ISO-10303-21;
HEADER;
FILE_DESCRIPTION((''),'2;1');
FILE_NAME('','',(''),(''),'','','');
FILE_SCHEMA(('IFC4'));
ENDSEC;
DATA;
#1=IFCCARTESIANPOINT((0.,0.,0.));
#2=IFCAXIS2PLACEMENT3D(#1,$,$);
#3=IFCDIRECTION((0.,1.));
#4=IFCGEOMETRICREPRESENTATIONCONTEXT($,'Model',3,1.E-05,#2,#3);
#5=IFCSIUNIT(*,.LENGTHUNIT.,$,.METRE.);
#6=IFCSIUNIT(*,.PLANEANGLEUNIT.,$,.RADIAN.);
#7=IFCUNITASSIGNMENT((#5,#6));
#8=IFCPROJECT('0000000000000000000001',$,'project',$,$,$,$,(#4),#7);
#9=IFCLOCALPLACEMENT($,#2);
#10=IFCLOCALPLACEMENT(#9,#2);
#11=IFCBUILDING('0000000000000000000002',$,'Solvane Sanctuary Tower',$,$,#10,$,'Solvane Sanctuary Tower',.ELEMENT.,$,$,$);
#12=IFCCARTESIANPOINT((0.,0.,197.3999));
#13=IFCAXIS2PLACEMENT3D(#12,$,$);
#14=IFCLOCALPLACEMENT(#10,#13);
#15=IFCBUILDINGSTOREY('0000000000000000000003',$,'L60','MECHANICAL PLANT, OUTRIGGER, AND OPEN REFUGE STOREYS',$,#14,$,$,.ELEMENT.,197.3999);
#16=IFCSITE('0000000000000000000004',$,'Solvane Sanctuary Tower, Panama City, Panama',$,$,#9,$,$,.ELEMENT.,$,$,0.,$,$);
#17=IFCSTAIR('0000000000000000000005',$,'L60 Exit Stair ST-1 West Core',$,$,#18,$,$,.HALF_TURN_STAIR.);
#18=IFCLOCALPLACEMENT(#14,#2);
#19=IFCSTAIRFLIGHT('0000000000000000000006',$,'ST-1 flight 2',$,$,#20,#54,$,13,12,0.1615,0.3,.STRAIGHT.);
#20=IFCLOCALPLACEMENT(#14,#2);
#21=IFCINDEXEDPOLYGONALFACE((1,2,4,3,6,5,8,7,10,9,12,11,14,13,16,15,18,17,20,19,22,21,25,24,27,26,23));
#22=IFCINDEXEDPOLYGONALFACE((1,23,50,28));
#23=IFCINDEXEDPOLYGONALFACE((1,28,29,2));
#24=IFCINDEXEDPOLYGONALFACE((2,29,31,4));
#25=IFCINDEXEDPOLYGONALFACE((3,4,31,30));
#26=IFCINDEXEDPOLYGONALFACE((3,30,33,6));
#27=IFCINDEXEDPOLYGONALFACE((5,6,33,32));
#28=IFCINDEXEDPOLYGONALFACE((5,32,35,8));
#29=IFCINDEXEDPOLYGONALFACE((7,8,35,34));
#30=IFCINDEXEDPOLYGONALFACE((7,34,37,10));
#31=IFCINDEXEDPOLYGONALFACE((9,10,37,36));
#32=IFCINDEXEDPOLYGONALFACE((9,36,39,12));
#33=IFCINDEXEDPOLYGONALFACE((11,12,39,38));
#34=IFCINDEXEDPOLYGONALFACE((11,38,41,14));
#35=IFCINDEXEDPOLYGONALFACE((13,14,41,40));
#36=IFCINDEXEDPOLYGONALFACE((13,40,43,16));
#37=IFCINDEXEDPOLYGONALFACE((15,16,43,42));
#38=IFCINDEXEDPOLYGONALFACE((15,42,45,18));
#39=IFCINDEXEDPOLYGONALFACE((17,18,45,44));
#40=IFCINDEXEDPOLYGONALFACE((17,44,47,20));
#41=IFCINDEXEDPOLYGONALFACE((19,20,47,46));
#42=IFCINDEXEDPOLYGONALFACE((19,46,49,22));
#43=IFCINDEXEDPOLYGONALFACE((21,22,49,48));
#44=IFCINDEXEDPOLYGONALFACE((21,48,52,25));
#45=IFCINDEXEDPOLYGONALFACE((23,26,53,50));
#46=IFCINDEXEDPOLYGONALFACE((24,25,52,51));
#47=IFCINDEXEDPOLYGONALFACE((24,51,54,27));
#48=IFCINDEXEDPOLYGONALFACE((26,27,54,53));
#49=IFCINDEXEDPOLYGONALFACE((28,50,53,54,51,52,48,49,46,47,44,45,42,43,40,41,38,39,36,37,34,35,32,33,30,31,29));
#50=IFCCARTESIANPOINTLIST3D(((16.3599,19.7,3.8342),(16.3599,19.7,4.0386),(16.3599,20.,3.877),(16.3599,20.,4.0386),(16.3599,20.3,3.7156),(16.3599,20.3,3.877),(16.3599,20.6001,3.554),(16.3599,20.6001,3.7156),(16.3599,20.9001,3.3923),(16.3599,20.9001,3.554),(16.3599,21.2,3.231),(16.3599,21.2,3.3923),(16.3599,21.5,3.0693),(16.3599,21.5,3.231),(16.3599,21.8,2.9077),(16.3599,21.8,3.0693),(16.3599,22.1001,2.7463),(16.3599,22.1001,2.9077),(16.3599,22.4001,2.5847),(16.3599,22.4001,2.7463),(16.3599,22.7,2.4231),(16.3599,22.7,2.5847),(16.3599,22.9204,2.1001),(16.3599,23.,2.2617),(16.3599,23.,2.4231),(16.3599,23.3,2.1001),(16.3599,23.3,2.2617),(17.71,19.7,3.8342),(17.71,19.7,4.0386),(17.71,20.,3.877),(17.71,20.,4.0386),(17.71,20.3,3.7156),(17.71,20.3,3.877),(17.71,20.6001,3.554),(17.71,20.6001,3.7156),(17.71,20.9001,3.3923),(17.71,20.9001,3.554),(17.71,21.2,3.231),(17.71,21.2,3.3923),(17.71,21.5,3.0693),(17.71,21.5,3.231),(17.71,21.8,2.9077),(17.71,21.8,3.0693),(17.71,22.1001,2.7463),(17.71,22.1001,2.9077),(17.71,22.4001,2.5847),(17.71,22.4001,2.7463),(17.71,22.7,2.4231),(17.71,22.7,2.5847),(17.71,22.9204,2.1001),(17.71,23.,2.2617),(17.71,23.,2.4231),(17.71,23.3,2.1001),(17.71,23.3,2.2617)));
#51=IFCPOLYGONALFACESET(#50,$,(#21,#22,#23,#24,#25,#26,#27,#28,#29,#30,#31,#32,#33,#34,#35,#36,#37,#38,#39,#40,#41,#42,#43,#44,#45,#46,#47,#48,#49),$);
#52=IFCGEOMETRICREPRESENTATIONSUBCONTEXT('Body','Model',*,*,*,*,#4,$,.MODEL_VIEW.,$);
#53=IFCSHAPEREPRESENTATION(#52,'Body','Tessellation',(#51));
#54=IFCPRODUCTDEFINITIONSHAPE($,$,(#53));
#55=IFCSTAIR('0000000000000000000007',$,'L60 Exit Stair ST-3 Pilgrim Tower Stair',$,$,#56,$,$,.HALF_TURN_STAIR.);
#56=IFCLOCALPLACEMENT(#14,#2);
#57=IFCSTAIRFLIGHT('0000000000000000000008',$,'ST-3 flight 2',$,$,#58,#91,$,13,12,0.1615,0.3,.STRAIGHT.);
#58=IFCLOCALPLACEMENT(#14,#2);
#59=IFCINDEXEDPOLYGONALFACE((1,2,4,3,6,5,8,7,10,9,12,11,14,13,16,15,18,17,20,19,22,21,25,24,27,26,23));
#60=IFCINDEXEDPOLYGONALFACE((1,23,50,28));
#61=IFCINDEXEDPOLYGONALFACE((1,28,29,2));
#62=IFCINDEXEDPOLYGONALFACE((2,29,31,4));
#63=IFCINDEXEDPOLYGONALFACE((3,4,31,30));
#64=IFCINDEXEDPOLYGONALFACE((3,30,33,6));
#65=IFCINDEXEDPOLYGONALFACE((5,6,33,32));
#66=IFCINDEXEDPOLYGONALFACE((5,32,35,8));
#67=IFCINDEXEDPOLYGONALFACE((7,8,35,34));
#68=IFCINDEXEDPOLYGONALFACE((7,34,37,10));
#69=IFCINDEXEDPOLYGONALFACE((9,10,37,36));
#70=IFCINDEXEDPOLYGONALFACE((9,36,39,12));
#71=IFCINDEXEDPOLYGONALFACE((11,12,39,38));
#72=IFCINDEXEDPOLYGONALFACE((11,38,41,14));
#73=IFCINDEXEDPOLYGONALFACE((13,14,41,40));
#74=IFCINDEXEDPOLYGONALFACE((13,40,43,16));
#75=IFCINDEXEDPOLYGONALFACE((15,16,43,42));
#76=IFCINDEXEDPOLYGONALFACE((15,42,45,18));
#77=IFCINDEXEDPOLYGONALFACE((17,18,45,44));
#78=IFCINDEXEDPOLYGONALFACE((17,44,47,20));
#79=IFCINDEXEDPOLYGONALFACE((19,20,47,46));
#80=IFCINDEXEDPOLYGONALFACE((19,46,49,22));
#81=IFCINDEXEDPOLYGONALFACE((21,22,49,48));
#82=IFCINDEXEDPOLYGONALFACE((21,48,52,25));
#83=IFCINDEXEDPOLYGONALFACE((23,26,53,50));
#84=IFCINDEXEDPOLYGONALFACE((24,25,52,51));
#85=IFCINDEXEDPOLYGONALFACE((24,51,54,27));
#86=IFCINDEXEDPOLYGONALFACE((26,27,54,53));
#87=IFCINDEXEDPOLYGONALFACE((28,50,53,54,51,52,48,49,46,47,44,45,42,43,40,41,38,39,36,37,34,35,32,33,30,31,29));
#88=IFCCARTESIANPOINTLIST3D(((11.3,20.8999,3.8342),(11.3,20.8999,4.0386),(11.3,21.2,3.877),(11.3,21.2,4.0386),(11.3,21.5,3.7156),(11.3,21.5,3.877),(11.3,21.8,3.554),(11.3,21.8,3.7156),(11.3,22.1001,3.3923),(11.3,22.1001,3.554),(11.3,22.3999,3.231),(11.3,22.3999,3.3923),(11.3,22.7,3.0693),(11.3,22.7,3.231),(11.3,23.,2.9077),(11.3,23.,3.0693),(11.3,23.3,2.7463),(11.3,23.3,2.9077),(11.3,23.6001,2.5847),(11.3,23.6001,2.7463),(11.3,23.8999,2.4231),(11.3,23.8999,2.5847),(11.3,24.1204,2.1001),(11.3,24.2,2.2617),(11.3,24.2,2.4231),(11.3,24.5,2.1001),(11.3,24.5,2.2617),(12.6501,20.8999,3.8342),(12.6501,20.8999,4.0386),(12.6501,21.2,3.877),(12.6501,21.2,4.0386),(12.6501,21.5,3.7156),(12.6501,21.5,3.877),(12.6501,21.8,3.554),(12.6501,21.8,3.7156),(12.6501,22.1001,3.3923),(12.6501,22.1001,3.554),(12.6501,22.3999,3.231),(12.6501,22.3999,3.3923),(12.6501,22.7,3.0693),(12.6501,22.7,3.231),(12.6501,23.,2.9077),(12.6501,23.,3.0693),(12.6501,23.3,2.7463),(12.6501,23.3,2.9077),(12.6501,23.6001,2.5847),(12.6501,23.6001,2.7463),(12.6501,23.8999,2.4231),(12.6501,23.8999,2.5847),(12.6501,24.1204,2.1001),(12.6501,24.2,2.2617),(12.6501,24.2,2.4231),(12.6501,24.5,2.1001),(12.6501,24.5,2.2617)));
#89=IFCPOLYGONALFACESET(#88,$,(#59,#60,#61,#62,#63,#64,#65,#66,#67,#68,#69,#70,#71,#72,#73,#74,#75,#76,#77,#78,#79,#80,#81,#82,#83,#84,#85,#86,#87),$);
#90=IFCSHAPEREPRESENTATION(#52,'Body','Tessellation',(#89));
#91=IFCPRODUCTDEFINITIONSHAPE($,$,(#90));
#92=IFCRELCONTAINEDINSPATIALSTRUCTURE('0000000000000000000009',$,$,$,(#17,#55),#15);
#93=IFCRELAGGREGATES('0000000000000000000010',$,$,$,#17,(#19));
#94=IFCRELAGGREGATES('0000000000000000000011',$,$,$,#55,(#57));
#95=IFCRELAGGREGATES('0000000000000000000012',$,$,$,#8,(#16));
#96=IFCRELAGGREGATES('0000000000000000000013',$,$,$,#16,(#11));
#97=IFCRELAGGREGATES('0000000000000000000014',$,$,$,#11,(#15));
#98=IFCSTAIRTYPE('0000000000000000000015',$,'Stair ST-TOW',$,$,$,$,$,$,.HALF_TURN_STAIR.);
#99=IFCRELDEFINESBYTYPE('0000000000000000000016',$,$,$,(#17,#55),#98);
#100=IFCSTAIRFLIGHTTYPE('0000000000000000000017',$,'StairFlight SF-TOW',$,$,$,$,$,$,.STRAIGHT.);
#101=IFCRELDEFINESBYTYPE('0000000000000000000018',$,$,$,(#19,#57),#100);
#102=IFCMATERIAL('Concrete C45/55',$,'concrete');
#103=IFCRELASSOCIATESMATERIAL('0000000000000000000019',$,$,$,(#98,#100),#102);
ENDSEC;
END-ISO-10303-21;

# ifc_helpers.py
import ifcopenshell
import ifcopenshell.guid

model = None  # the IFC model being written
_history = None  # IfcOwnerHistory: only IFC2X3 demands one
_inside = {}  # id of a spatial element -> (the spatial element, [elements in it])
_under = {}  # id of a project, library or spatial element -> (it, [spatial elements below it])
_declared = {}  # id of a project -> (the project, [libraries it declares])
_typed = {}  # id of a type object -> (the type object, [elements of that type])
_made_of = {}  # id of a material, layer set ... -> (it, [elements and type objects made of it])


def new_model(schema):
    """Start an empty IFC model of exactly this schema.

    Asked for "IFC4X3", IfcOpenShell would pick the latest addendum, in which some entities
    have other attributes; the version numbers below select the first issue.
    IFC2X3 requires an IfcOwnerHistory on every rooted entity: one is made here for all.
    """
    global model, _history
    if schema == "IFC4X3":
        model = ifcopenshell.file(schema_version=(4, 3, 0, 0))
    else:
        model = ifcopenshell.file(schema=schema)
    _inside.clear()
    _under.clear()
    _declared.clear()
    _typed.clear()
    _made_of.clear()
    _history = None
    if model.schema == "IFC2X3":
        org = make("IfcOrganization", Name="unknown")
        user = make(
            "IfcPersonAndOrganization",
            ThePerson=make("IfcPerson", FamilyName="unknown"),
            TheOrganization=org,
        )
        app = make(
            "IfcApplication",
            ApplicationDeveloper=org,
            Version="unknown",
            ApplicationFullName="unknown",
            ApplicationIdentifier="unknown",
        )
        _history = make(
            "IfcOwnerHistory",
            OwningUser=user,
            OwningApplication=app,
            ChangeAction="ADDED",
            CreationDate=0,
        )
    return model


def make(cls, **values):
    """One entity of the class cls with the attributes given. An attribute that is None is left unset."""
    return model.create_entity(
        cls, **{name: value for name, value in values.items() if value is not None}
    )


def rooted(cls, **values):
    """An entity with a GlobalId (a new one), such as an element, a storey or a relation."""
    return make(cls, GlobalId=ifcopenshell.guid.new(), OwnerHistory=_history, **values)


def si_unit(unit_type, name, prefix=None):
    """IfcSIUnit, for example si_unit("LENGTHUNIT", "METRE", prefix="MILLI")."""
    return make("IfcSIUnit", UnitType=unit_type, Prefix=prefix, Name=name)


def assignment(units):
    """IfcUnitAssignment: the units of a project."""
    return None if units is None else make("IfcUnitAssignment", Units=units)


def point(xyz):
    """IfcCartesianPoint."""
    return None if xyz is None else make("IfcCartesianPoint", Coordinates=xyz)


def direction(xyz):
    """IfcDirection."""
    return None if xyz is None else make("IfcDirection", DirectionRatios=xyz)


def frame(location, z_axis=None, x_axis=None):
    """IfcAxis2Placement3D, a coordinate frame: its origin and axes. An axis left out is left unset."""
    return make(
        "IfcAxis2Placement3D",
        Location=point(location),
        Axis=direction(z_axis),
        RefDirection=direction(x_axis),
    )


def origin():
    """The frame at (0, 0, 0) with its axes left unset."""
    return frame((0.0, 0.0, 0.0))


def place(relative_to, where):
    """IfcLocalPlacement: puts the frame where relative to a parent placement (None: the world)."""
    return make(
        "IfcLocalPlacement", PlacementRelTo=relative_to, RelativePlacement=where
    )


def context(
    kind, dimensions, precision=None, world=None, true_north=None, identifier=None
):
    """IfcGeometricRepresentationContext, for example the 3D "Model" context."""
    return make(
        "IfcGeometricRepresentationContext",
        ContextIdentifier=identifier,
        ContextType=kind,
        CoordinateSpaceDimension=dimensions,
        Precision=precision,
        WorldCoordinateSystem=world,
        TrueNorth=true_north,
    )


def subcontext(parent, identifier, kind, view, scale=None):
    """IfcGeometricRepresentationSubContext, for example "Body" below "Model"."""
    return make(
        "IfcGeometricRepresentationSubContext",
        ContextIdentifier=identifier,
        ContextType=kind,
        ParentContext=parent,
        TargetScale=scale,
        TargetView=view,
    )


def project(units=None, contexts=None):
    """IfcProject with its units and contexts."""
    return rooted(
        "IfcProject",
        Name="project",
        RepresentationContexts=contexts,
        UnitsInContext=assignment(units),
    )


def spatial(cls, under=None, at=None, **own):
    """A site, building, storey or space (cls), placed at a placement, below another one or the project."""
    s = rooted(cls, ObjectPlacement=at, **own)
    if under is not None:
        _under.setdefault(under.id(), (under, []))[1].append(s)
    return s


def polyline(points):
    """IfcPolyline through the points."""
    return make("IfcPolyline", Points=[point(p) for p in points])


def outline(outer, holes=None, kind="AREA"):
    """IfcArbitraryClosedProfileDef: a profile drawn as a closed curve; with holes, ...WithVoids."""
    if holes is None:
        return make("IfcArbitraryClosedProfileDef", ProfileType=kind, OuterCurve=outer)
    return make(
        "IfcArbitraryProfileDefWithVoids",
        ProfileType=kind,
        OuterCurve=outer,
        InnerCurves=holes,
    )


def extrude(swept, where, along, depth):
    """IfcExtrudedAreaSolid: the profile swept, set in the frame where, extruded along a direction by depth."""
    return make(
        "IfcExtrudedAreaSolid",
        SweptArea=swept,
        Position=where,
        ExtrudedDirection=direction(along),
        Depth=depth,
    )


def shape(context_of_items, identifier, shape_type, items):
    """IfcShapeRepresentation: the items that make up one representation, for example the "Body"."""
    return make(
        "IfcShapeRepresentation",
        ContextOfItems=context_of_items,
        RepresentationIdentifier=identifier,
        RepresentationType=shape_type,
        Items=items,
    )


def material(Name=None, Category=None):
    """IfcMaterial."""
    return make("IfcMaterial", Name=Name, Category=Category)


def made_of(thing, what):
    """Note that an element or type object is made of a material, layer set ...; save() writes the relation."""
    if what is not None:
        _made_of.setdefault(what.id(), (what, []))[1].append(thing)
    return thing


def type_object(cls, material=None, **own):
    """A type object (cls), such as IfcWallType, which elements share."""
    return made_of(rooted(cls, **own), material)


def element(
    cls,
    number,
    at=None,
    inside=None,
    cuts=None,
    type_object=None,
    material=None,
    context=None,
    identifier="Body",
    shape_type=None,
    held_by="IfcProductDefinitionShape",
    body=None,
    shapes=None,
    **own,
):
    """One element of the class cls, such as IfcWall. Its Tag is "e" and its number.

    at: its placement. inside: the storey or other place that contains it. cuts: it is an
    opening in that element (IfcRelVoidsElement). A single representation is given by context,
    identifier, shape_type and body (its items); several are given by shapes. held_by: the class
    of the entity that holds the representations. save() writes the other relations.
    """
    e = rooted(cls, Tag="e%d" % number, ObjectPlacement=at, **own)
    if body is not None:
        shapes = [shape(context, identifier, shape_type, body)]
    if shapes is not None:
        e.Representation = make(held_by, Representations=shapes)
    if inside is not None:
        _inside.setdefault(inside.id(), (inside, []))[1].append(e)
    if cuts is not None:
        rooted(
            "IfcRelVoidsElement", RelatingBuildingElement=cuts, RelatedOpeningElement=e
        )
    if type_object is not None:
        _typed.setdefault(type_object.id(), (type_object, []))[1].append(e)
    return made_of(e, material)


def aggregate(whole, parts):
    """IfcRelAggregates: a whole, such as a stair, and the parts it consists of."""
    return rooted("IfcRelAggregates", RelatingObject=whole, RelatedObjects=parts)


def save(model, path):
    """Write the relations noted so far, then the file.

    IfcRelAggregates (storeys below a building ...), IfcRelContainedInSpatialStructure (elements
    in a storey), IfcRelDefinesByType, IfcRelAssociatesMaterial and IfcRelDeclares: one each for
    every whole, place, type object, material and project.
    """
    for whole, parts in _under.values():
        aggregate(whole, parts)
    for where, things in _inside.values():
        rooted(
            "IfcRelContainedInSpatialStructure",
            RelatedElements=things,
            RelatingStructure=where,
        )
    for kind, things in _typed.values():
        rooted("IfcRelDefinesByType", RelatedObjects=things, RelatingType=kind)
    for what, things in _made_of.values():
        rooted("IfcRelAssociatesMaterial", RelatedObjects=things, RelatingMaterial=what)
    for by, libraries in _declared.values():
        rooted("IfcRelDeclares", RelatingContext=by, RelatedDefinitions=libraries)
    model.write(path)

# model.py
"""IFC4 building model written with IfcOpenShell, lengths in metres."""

from ifc_helpers import new_model, si_unit, direction, frame, origin, place, context, subcontext, project, spatial, polyline, outline, extrude, material, type_object, element, aggregate, save


model = new_model("IFC4")

# Units and contexts
model_context = context("Model", 3, precision=1e-05, world=origin(), true_north=direction((0.0, 1.0)))
body_context = subcontext(model_context, "Body", "Model", "MODEL_VIEW")
ifc_project = project(units=[si_unit("LENGTHUNIT", "METRE"), si_unit("PLANEANGLEUNIT", "RADIAN")], contexts=[model_context])

# Site, building, storey
site_placement = place(None, origin())
site = spatial("IfcSite", under=ifc_project, at=site_placement, Name="Solvane Sanctuary Tower, Panama City, Panama", CompositionType="ELEMENT", RefElevation=0.0)
building_placement = place(site_placement, origin())
building = spatial("IfcBuilding", under=site, at=building_placement, Name="Solvane Sanctuary Tower", LongName="Solvane Sanctuary Tower", CompositionType="ELEMENT")
storey_placement = place(building_placement, frame((0.0, 0.0, 197.3999)))
storey = spatial("IfcBuildingStorey", under=building, at=storey_placement, Name="L60", Description="MECHANICAL PLANT, OUTRIGGER, AND OPEN REFUGE STOREYS", CompositionType="ELEMENT", Elevation=197.3999)

# Stairs, stair flights
ifc_material_1 = material(Name="Concrete C45/55", Category="concrete")
stair_type = type_object("IfcStairType", Name="Stair ST-TOW", PredefinedType="HALF_TURN_STAIR", material=ifc_material_1)
stair_1_placement = place(storey_placement, origin())
stair_1 = element("IfcStair", 1, at=stair_1_placement, inside=storey, type_object=stair_type, Name="L60 Exit Stair ST-1 West Core", PredefinedType="HALF_TURN_STAIR")
stair_flight_type = type_object("IfcStairFlightType", Name="StairFlight SF-TOW", PredefinedType="STRAIGHT", material=ifc_material_1)
stair_flight_1_placement = place(storey_placement, frame((17.0349, 23.3, 2.1001), z_axis=(0.0, 0.0, 1.0), x_axis=(0.0, -1.0, 0.0)))
stair_flight_1 = element("IfcStairFlight", 2, at=stair_flight_1_placement, type_object=stair_flight_type, Name="ST-1 flight 2", NumberOfRisers=13, NumberOfTreads=12, PredefinedType="STRAIGHT", RiserHeight=0.1615, TreadLength=0.3, context=body_context, shape_type="SweptSolid", body=[
    extrude(outline(polyline([(0.0, 0.0), (0.0, 0.1616), (0.3, 0.1616), (0.3, 0.323), (0.6001, 0.323), (0.6001, 0.4846), (0.8999, 0.4846), (0.8999, 0.6462), (1.2, 0.6462), (1.2, 0.8076), (1.5, 0.8076), (1.5, 0.9692), (1.8, 0.9692), (1.8, 1.1309), (2.1001, 1.1309), (2.1001, 1.2922), (2.3999, 1.2922), (2.3999, 1.4539), (2.7, 1.4539), (2.7, 1.6155), (3.0, 1.6155), (3.0, 1.7769), (3.3, 1.7769), (3.3, 1.9385), (3.6001, 1.9385), (3.6001, 2.1001), (3.6001, 1.7341), (0.3796, 0.0), (0.0, 0.0)])), frame((0.0, 0.675, 0.0), z_axis=(0.0, -1.0, 0.0), x_axis=(1.0, 0.0, 0.0)), (0.0, 0.0, 1.0), 1.3501),
])
aggregate(stair_1, [stair_flight_1])
stair_2_placement = place(storey_placement, origin())
stair_2 = element("IfcStair", 3, at=stair_2_placement, inside=storey, type_object=stair_type, Name="L60 Exit Stair ST-3 Pilgrim Tower Stair", PredefinedType="HALF_TURN_STAIR")
stair_flight_2_placement = place(storey_placement, frame((11.9751, 24.5, 2.1001), z_axis=(0.0, 0.0, 1.0), x_axis=(0.0, -1.0, 0.0)))
stair_flight_2 = element("IfcStairFlight", 4, at=stair_flight_2_placement, type_object=stair_flight_type, Name="ST-3 flight 2", NumberOfRisers=13, NumberOfTreads=12, PredefinedType="STRAIGHT", RiserHeight=0.1615, TreadLength=0.3, context=body_context, shape_type="SweptSolid", body=[
    extrude(outline(polyline([(0.0, 0.0), (0.0, 0.1616), (0.3, 0.1616), (0.3, 0.323), (0.6001, 0.323), (0.6001, 0.4846), (0.8999, 0.4846), (0.8999, 0.6462), (1.2, 0.6462), (1.2, 0.8076), (1.5, 0.8076), (1.5, 0.9692), (1.8, 0.9692), (1.8, 1.1309), (2.1001, 1.1309), (2.1001, 1.2922), (2.3999, 1.2922), (2.3999, 1.4539), (2.7, 1.4539), (2.7, 1.6155), (3.0, 1.6155), (3.0, 1.7769), (3.3, 1.7769), (3.3, 1.9385), (3.6001, 1.9385), (3.6001, 2.1001), (3.6001, 1.7341), (0.3796, 0.0), (0.0, 0.0)])), frame((0.0, 0.675, 0.0), z_axis=(0.0, -1.0, 0.0), x_axis=(1.0, 0.0, 0.0)), (0.0, 0.0, 1.0), 1.3501),
])
aggregate(stair_2, [stair_flight_2])

save(model, "model.ifc")
